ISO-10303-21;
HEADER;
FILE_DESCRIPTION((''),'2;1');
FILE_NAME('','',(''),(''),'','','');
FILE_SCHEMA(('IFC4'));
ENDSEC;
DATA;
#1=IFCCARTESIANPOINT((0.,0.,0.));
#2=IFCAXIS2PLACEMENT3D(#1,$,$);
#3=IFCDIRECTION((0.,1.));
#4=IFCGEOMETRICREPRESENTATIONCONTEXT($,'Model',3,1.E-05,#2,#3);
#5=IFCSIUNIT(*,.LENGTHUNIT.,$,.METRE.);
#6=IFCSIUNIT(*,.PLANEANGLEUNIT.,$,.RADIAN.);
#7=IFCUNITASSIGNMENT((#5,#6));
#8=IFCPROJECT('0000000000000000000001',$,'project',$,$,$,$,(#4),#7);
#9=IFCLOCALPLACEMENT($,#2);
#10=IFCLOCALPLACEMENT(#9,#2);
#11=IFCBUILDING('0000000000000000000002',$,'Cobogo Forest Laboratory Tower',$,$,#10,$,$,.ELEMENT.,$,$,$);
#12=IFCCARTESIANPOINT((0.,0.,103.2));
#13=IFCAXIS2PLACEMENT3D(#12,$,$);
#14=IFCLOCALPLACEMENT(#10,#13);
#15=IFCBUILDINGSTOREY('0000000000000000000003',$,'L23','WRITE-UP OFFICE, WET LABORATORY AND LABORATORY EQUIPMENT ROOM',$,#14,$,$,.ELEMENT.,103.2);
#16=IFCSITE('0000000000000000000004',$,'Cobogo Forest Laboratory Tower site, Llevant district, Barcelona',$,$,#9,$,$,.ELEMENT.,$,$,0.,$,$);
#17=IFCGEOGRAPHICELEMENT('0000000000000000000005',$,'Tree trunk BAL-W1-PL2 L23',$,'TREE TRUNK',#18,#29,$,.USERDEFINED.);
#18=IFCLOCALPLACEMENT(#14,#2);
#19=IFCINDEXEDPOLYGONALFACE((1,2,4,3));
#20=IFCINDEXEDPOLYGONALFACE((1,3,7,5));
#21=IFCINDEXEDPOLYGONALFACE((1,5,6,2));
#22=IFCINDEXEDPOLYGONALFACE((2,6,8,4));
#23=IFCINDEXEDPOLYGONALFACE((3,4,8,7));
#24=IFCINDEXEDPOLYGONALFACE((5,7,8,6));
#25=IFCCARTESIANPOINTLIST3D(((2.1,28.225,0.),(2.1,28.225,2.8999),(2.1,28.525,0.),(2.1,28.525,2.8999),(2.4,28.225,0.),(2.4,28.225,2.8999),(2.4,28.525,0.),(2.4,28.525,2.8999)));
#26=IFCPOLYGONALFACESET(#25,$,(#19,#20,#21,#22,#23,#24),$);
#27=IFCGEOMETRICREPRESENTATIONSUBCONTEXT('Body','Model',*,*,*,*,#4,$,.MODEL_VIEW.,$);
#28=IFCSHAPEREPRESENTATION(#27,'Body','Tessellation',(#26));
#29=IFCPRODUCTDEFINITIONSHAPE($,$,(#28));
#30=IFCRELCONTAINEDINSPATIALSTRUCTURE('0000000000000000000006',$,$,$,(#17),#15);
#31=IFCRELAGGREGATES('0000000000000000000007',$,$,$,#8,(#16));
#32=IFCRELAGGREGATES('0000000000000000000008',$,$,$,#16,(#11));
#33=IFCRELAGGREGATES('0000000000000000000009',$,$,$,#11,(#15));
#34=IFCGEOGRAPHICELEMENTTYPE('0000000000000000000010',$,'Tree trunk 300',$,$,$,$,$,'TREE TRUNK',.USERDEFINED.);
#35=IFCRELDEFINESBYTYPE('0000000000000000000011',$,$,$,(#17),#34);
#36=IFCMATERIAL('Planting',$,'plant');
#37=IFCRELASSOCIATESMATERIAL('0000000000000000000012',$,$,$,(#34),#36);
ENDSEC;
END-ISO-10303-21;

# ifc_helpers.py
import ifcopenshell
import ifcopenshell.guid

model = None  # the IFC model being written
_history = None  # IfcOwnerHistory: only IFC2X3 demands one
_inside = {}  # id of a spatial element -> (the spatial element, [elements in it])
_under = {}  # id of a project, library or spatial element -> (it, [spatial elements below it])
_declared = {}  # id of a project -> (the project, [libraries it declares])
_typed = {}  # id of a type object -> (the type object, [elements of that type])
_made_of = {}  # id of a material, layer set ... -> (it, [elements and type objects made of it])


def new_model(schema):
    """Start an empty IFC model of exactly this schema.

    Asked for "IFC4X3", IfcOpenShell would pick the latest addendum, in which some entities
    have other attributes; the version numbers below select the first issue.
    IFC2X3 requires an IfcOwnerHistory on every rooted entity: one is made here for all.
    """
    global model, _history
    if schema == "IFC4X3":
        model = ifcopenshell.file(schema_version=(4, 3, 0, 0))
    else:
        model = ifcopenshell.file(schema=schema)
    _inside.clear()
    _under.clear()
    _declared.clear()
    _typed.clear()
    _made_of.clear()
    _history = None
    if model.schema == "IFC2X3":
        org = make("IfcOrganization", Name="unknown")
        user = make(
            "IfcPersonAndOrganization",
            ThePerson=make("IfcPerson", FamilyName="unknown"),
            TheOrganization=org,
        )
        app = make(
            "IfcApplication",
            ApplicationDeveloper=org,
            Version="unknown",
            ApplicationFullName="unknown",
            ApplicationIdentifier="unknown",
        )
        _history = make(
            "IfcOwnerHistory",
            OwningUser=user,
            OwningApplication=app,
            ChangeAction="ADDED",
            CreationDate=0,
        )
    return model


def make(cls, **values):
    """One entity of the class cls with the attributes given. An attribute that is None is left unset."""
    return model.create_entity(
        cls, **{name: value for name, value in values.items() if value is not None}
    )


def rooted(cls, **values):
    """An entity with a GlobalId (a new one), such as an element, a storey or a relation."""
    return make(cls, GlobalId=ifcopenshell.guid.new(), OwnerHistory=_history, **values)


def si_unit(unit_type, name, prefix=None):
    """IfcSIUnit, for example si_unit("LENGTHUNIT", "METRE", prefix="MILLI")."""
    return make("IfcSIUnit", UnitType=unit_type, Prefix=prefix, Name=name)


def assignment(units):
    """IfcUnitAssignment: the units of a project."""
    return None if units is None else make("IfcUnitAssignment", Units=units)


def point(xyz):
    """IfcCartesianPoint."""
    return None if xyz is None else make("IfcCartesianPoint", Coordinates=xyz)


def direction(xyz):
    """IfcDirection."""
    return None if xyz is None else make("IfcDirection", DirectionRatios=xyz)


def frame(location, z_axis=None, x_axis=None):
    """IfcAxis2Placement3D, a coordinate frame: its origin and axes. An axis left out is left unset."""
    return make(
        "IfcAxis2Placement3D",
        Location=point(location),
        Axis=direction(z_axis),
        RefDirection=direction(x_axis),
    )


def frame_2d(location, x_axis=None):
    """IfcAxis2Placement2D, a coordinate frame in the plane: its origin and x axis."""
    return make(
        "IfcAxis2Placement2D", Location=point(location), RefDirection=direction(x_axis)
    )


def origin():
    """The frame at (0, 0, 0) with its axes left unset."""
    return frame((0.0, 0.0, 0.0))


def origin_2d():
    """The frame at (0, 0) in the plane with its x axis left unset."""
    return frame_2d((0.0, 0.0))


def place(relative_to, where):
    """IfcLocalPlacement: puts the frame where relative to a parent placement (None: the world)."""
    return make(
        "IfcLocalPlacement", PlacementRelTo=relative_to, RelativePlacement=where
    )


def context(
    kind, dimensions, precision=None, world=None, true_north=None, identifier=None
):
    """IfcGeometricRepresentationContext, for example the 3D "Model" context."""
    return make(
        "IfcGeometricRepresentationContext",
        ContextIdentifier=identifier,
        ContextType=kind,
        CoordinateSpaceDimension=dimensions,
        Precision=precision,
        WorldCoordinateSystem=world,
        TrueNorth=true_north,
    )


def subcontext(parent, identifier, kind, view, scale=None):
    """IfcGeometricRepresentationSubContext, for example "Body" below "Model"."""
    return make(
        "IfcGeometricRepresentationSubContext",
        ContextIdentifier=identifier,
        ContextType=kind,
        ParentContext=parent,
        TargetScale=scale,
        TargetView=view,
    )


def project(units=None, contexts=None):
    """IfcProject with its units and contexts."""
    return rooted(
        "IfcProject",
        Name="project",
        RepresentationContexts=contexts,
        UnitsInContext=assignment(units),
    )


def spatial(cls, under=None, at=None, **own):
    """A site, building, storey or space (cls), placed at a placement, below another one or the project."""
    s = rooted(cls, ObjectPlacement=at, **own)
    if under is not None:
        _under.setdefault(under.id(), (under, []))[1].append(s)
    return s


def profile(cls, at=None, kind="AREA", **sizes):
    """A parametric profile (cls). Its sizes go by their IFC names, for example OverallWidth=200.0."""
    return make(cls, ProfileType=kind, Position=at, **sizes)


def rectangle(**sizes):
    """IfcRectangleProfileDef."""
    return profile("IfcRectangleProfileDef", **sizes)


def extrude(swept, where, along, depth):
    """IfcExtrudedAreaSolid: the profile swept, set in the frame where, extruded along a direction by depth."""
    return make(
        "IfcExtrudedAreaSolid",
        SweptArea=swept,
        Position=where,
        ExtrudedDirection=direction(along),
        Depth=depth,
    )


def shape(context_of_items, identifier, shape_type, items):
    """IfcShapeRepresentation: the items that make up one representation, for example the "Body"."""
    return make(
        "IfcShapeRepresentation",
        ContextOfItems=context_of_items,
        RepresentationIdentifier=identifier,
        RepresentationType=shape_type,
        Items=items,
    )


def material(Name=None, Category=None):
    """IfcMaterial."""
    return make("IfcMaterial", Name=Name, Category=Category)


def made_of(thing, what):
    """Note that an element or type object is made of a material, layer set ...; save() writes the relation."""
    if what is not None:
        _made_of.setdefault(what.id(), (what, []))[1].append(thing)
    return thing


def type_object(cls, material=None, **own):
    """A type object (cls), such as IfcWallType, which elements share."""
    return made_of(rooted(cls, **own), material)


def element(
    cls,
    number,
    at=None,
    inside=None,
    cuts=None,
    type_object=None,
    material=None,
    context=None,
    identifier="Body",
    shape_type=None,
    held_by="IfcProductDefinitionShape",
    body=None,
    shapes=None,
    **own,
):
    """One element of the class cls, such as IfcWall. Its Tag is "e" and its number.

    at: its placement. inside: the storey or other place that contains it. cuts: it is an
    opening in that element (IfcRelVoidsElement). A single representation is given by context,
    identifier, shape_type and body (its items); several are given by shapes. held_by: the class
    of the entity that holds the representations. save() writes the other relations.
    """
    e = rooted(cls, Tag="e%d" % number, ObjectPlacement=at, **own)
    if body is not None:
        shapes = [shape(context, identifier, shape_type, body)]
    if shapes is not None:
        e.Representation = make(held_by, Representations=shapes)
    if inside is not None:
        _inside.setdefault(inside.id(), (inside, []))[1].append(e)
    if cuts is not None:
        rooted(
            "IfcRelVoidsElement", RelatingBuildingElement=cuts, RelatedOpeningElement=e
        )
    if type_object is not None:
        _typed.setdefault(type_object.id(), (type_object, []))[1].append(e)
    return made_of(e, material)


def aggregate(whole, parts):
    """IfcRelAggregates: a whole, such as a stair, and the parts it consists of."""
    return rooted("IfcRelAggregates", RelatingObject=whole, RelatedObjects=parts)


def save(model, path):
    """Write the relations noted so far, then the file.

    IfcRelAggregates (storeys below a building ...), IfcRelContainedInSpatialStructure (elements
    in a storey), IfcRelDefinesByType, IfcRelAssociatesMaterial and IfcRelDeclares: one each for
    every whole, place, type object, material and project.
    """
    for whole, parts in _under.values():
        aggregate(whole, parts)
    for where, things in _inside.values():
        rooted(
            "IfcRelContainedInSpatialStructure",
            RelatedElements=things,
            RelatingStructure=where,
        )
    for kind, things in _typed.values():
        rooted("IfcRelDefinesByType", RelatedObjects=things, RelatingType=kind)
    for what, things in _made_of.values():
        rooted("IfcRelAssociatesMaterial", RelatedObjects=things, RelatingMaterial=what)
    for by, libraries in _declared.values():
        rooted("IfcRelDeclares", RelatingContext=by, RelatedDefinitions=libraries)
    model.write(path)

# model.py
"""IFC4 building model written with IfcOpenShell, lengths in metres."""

from ifc_helpers import new_model, si_unit, direction, frame, origin, origin_2d, place, context, subcontext, project, spatial, rectangle, extrude, material, type_object, element, save


model = new_model("IFC4")

# Units and contexts
model_context = context("Model", 3, precision=1e-05, world=origin(), true_north=direction((0.0, 1.0)))
body_context = subcontext(model_context, "Body", "Model", "MODEL_VIEW")
ifc_project = project(units=[si_unit("LENGTHUNIT", "METRE"), si_unit("PLANEANGLEUNIT", "RADIAN")], contexts=[model_context])

# Site, building, storey
site_placement = place(None, origin())
site = spatial("IfcSite", under=ifc_project, at=site_placement, Name="Cobogo Forest Laboratory Tower site, Llevant district, Barcelona", CompositionType="ELEMENT", RefElevation=0.0)
building_placement = place(site_placement, origin())
building = spatial("IfcBuilding", under=site, at=building_placement, Name="Cobogo Forest Laboratory Tower", CompositionType="ELEMENT")
storey_placement = place(building_placement, frame((0.0, 0.0, 103.2)))
storey = spatial("IfcBuildingStorey", under=building, at=storey_placement, Name="L23", Description="WRITE-UP OFFICE, WET LABORATORY AND LABORATORY EQUIPMENT ROOM", CompositionType="ELEMENT", Elevation=103.2)

# Geographic element
ifc_material_1 = material(Name="Planting", Category="plant")
geographic_element_type = type_object("IfcGeographicElementType", Name="Tree trunk 300", ElementType="TREE TRUNK", PredefinedType="USERDEFINED", material=ifc_material_1)
geographic_element_placement = place(storey_placement, frame((2.25, 28.375, 0.0), z_axis=(0.0, 0.0, 1.0), x_axis=(1.0, 0.0, 0.0)))
element("IfcGeographicElement", 1, at=geographic_element_placement, inside=storey, type_object=geographic_element_type, Name="Tree trunk BAL-W1-PL2 L23", ObjectType="TREE TRUNK", PredefinedType="USERDEFINED", context=body_context, shape_type="SweptSolid", body=[
    extrude(rectangle(XDim=0.3, YDim=0.3, at=origin_2d()), origin(), (0.0, 0.0, 1.0), 2.8999),
])

save(model, "model.ifc")
